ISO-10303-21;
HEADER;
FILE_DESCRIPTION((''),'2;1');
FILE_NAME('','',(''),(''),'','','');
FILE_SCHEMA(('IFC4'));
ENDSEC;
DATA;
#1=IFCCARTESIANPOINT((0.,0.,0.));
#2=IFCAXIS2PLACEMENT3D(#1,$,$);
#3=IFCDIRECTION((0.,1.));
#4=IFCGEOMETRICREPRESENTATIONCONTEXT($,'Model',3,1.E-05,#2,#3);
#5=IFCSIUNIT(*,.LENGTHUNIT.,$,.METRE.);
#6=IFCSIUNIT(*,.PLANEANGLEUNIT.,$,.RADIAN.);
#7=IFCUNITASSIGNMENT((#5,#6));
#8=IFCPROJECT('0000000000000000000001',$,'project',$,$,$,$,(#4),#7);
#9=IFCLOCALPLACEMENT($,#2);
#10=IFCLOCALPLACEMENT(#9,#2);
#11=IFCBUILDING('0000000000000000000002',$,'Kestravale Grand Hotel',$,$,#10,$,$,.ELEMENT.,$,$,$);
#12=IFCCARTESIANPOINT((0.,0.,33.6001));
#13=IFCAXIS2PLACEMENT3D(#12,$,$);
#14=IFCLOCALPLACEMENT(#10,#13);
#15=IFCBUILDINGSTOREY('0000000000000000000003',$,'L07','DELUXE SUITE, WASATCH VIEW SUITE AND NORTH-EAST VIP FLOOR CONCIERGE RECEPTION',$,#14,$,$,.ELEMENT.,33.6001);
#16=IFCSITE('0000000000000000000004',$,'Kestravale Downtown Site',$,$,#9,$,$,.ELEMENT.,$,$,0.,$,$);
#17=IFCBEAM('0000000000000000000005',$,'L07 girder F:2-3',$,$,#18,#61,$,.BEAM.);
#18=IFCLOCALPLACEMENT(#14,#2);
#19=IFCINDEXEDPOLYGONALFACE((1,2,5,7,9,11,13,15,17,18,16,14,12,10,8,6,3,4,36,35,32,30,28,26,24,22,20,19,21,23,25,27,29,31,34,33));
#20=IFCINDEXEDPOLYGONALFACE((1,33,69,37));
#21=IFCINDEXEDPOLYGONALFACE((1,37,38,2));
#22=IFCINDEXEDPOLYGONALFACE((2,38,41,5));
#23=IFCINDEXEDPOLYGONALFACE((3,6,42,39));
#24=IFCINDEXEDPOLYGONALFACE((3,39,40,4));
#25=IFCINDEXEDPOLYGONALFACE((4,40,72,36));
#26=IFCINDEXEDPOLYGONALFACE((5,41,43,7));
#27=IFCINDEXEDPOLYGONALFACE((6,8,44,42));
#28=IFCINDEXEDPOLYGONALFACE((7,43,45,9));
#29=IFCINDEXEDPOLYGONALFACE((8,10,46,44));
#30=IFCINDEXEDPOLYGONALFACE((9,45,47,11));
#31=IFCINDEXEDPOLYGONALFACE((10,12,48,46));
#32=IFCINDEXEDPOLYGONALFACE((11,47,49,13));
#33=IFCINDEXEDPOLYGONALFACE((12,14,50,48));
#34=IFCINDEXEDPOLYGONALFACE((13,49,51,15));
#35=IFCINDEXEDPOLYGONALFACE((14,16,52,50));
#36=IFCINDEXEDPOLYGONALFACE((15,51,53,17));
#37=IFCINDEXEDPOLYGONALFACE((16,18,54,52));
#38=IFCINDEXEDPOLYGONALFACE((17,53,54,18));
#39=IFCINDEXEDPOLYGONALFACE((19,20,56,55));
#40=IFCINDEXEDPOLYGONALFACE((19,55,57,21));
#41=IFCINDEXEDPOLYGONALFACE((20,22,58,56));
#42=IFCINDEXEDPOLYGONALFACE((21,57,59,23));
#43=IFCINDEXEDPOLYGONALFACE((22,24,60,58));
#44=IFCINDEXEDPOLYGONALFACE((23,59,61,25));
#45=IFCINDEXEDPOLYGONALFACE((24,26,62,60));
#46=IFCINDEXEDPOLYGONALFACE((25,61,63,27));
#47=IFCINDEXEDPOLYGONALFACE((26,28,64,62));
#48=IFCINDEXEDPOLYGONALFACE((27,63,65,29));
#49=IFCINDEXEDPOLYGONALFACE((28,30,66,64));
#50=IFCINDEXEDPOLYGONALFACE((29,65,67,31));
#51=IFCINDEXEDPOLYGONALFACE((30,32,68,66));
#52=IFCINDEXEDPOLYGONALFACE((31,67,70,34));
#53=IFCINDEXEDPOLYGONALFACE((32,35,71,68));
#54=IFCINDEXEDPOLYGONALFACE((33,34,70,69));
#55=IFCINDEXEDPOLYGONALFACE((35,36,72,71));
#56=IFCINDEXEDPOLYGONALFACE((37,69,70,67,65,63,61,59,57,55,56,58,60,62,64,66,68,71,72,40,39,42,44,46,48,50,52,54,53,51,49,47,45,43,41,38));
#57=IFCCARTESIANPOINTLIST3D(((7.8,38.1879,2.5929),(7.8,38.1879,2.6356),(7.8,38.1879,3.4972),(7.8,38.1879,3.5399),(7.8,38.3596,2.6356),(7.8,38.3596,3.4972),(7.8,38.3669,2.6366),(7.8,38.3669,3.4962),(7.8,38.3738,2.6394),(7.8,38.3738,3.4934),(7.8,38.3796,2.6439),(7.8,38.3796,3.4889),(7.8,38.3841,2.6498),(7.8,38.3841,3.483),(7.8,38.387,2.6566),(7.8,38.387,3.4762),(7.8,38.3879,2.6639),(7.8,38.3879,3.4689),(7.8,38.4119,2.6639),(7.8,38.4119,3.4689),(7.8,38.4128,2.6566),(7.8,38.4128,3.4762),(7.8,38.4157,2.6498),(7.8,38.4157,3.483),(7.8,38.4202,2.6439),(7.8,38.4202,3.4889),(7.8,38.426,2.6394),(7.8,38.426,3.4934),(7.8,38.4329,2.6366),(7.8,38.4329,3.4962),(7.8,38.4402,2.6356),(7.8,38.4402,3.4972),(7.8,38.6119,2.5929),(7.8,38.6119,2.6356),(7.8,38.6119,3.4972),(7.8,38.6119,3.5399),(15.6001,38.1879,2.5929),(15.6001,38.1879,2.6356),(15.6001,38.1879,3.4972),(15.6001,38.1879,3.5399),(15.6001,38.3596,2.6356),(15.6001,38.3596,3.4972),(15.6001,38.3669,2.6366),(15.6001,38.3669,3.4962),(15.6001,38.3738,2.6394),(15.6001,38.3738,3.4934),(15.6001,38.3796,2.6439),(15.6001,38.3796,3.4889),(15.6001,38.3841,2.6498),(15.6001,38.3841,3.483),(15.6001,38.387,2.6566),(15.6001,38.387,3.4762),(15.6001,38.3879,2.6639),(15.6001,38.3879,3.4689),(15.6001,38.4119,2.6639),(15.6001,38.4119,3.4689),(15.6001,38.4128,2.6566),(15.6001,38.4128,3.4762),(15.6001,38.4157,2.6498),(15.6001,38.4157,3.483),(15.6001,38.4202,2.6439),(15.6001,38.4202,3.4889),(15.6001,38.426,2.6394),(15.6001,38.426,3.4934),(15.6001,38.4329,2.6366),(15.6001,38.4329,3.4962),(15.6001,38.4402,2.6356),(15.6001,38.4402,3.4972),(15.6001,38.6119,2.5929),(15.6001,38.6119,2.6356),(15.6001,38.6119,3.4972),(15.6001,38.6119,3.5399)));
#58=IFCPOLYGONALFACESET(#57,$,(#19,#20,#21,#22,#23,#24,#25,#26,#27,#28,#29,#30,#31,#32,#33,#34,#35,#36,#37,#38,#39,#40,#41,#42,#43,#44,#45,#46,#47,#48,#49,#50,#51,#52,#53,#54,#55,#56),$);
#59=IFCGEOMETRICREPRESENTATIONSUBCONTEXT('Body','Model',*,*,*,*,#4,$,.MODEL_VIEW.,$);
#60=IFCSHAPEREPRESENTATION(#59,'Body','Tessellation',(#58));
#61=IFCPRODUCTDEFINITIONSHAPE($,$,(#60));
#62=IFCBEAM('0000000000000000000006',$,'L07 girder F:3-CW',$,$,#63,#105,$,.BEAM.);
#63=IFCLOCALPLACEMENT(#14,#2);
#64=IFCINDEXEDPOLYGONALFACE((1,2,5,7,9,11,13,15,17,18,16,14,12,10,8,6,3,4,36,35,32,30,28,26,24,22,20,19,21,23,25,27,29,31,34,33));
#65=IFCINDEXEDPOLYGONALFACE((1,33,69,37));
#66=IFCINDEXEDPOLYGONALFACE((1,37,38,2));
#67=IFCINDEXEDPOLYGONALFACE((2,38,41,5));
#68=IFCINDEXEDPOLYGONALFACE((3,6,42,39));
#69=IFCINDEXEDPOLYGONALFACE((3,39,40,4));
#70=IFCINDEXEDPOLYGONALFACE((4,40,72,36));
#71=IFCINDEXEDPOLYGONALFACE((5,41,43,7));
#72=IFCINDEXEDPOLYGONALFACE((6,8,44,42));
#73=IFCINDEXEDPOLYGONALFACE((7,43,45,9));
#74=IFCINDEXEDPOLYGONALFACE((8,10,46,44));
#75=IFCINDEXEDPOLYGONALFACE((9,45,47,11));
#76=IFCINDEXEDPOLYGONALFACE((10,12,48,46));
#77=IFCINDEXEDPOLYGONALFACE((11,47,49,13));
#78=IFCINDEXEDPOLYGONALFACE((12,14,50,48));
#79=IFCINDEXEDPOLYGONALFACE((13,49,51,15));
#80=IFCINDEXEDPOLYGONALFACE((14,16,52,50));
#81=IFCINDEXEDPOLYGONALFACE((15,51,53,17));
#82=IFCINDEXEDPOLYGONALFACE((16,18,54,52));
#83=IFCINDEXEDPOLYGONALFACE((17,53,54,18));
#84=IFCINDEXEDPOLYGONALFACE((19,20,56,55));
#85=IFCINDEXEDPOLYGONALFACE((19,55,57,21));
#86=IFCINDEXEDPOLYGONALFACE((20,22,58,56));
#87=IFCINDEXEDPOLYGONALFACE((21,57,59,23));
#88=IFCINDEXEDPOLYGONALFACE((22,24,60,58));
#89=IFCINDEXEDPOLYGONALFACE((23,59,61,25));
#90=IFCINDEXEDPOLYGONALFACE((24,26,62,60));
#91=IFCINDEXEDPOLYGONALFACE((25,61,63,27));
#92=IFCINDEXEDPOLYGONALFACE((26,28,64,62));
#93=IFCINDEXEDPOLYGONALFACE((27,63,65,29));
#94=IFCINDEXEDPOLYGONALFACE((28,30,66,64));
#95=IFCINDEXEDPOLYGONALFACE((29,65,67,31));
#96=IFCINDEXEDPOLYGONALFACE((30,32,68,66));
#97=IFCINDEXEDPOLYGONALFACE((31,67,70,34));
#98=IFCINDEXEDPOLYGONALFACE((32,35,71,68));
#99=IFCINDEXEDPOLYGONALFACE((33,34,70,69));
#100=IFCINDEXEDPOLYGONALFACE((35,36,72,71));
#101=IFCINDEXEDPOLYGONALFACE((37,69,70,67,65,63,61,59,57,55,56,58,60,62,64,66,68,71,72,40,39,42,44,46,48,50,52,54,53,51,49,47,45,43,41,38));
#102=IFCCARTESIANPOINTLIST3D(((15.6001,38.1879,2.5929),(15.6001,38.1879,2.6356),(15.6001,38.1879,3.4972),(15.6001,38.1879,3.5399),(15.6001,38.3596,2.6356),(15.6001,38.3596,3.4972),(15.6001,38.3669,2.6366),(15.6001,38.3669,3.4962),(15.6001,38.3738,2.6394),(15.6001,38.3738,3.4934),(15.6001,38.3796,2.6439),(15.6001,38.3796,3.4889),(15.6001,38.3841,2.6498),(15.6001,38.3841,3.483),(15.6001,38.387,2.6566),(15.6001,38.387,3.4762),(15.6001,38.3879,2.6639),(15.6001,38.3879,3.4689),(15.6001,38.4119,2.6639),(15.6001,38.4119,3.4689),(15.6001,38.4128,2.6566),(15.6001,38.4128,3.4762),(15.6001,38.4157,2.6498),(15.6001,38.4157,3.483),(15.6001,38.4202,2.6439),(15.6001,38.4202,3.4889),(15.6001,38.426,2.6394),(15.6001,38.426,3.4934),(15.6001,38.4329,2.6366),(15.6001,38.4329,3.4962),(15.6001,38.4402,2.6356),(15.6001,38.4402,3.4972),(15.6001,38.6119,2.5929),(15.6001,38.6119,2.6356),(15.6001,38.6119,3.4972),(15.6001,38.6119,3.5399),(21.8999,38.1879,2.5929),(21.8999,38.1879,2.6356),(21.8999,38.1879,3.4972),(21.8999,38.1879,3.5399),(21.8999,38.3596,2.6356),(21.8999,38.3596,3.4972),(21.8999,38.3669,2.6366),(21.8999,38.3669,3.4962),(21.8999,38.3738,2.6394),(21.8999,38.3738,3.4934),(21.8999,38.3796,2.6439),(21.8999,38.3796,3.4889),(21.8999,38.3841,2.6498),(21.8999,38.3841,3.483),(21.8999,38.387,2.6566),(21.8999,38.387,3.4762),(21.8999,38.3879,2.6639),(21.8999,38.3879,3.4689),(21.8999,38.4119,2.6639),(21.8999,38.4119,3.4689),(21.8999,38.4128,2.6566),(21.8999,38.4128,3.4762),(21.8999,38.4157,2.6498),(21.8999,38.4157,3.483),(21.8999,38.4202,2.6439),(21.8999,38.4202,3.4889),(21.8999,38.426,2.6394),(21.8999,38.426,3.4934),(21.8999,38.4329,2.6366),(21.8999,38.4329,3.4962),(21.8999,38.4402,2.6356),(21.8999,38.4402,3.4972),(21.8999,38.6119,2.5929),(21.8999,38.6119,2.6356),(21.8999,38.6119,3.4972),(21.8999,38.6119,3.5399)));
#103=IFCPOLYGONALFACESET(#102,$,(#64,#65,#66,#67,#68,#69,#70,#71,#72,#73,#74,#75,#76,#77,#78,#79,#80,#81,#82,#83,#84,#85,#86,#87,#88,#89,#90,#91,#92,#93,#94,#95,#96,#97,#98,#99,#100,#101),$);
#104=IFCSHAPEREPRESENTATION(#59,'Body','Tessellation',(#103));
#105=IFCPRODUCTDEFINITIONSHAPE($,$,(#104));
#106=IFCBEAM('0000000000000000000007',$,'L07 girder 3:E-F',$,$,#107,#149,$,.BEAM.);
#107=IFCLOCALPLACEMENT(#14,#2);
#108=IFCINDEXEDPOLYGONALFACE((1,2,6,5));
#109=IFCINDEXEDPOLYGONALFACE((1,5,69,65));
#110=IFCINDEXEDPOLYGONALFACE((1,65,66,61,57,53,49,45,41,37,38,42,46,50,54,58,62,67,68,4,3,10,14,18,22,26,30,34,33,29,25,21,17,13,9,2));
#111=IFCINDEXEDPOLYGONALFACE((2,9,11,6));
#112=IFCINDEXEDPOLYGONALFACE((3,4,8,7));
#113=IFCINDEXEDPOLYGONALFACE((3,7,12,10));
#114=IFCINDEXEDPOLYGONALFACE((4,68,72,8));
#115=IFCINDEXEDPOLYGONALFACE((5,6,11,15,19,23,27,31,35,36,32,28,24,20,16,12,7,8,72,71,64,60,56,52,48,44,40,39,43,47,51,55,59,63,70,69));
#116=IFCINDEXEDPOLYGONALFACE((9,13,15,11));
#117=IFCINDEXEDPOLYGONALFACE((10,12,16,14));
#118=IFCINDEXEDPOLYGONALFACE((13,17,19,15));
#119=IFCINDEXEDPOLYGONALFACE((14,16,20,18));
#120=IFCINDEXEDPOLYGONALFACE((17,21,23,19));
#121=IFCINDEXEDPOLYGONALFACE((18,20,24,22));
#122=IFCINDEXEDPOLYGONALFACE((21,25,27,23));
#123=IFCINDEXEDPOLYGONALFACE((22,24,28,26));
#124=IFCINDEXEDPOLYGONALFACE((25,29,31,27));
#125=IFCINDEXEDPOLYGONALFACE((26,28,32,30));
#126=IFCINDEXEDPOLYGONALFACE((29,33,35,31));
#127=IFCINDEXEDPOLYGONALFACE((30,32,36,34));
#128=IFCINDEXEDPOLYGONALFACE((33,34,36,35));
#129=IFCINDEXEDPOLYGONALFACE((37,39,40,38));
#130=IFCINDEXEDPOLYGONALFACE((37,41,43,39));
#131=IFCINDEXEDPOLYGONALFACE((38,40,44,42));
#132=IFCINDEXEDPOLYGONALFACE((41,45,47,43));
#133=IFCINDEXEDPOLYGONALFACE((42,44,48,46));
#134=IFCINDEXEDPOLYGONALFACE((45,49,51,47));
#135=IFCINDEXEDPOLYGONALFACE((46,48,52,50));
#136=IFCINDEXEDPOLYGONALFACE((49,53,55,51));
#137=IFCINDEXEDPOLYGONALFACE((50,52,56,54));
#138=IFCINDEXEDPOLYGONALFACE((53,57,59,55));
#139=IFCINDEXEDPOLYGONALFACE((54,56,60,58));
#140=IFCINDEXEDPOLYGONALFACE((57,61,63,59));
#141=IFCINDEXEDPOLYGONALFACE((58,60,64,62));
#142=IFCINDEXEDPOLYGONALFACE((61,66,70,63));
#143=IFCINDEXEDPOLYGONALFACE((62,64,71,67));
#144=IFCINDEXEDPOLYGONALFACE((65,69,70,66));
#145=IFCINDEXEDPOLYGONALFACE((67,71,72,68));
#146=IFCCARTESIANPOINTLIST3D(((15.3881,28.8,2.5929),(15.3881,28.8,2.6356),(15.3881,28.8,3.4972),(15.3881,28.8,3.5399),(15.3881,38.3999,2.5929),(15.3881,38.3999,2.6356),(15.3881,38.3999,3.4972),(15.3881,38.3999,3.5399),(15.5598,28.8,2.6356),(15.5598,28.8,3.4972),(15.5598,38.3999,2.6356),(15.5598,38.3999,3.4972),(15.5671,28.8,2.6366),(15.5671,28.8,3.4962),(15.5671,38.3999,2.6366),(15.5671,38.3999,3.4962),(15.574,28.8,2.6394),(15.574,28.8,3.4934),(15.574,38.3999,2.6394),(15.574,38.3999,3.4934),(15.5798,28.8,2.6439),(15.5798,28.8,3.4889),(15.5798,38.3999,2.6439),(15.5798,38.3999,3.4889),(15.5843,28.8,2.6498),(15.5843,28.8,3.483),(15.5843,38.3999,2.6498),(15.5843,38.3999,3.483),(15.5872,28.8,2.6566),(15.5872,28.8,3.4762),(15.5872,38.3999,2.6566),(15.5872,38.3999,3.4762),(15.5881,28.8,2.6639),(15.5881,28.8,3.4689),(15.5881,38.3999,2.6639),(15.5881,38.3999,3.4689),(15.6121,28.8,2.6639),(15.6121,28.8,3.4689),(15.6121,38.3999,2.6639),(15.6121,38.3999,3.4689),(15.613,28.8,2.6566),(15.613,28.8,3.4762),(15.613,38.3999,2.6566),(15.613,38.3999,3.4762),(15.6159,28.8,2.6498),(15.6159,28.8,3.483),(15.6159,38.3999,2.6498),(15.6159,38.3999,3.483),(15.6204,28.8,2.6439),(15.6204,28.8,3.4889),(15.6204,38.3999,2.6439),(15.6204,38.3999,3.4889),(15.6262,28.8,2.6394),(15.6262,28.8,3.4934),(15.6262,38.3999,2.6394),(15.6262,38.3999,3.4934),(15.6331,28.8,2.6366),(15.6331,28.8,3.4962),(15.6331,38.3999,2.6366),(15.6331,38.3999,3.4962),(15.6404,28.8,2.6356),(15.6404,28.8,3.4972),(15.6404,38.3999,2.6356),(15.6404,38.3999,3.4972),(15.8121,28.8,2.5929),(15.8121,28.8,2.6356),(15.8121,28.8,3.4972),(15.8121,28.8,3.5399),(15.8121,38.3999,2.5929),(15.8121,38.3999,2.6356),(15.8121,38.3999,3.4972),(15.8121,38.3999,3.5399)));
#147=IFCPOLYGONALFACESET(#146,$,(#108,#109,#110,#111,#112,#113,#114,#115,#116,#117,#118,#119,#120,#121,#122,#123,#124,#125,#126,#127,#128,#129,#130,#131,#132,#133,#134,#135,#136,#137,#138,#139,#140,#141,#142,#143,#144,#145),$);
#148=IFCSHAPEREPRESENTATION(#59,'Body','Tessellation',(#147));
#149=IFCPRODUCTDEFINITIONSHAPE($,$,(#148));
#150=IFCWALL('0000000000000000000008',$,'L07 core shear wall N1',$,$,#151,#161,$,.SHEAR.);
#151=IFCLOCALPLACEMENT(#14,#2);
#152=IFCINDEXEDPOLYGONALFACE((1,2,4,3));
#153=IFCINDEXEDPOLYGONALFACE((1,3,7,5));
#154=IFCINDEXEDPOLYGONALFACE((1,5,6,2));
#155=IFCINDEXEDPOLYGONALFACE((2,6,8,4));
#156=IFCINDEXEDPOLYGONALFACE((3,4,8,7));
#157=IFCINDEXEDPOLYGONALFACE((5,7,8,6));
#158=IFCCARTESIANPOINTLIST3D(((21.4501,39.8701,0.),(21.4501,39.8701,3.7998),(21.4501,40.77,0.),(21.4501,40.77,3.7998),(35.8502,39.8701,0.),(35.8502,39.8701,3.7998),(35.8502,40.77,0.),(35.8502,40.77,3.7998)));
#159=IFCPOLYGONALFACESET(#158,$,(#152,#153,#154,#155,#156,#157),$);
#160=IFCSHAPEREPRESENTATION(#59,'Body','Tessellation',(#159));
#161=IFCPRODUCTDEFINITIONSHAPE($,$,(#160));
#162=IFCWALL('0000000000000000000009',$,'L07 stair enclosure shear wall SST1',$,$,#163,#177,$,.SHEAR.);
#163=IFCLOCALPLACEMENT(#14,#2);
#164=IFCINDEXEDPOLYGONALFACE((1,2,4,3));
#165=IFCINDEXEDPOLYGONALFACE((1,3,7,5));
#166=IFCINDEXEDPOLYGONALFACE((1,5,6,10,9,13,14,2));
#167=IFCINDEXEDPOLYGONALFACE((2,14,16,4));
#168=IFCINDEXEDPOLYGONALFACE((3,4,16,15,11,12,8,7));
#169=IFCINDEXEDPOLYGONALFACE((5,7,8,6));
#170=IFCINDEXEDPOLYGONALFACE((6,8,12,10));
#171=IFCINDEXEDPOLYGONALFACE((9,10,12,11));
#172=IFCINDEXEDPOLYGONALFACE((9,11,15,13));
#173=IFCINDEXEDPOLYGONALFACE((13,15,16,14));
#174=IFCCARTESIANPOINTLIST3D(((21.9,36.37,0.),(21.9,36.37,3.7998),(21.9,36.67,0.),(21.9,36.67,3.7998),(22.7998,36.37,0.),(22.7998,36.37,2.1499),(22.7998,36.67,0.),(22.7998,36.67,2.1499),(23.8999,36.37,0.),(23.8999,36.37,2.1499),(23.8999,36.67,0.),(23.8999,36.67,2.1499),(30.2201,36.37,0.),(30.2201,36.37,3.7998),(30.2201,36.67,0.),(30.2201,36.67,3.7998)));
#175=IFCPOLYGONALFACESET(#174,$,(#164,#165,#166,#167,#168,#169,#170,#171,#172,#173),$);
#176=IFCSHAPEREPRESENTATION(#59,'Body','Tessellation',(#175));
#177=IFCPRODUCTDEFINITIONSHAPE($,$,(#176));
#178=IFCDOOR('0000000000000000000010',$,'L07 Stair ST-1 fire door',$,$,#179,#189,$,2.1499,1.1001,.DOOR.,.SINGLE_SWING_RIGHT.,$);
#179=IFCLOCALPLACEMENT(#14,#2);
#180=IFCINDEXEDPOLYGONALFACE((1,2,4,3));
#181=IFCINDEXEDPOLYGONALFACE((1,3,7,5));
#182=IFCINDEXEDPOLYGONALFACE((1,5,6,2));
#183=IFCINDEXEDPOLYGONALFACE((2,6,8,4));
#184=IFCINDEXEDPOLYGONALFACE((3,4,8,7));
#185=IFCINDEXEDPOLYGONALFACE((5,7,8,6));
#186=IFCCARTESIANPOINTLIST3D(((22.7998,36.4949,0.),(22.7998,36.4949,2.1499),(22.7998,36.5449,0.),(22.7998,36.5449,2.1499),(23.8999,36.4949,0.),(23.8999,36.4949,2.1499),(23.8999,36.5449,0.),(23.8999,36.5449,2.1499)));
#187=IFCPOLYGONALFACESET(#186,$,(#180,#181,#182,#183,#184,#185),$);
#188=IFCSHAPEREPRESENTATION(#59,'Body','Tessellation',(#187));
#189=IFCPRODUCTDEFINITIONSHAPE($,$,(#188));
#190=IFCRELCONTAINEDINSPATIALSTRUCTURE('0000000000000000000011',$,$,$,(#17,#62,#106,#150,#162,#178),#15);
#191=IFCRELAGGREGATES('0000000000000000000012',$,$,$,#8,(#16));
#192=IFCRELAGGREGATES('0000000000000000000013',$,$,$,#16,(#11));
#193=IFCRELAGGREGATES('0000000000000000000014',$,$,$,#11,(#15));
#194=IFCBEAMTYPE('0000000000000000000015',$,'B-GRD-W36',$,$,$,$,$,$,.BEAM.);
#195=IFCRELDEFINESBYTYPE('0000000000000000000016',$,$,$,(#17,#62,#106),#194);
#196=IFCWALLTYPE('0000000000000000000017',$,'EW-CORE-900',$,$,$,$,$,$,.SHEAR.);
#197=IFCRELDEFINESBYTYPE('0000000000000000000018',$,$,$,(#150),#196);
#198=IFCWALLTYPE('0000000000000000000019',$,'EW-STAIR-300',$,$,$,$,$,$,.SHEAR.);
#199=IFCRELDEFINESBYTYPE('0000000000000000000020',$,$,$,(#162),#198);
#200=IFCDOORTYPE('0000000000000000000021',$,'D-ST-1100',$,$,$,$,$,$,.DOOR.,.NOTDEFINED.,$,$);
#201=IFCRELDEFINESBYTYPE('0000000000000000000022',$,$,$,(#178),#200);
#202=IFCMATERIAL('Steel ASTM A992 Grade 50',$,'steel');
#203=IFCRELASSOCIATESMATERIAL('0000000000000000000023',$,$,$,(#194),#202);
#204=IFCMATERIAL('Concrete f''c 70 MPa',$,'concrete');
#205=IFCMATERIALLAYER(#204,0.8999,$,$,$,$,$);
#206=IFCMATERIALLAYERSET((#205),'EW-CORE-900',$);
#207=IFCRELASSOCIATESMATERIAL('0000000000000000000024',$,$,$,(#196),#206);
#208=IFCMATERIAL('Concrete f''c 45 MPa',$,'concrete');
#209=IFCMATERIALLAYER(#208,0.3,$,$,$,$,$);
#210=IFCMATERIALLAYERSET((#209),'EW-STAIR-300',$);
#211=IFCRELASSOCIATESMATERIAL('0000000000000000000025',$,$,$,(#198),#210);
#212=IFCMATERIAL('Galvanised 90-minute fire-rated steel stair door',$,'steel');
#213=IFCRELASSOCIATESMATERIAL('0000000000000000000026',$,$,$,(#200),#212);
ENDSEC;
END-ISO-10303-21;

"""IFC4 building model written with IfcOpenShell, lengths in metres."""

from ifc_helpers import new_model, si_unit, direction, frame, frame_2d, origin, origin_2d, place, context, subcontext, project, spatial, rectangle, i_section, extrude, material, layer, layer_set, material_profile, profile_set, type_object, element, fill, save


model = new_model("IFC4")

# Units and contexts
model_context = context("Model", 3, precision=1e-05, world=origin(), true_north=direction((0.0, 1.0)))
body_context = subcontext(model_context, "Body", "Model", "MODEL_VIEW")
ifc_project = project(units=[si_unit("LENGTHUNIT", "METRE"), si_unit("PLANEANGLEUNIT", "RADIAN")], contexts=[model_context])

# Site, building, storey
site_placement = place(None, origin())
site = spatial("IfcSite", under=ifc_project, at=site_placement, Name="Kestravale Downtown Site", CompositionType="ELEMENT", RefElevation=0.0)
building_placement = place(site_placement, origin())
building = spatial("IfcBuilding", under=site, at=building_placement, Name="Kestravale Grand Hotel", CompositionType="ELEMENT")
storey_placement = place(building_placement, frame((0.0, 0.0, 33.6001)))
storey = spatial("IfcBuildingStorey", under=building, at=storey_placement, Name="L07", Description="DELUXE SUITE, WASATCH VIEW SUITE AND NORTH-EAST VIP FLOOR CONCIERGE RECEPTION", CompositionType="ELEMENT", Elevation=33.6001)

# Beams
ifc_material_1 = material(Name="Steel ASTM A992 Grade 50", Category="steel")
ifc_material_profile_1 = material_profile(ifc_material_1, i_section(OverallWidth=0.4241, OverallDepth=0.947, WebThickness=0.0239, FlangeThickness=0.0427, FilletRadius=0.0283, at=origin_2d()))
ifc_profile_set_1 = profile_set([ifc_material_profile_1], Name="Steel ASTM A992 Grade 50")
beam_type_1 = type_object("IfcBeamType", Name="B-GRD-W36", PredefinedType="BEAM", material=ifc_profile_set_1)
beam_1_placement = place(storey_placement, frame((7.8, 38.3999, 3.0664), z_axis=(1.0, 0.0, 0.0), x_axis=(0.0, 1.0, 0.0)))
element("IfcBeam", 1, at=beam_1_placement, inside=storey, type_object=beam_type_1, Name="L07 girder F:2-3", PredefinedType="BEAM", context=body_context, shape_type="SweptSolid", body=[
    extrude(i_section(OverallWidth=0.4241, OverallDepth=0.947, WebThickness=0.0239, FlangeThickness=0.0427, FilletRadius=0.0283, at=origin_2d()), origin(), (0.0, 0.0, 1.0), 7.8),
])
beam_2_placement = place(storey_placement, frame((15.6001, 38.3999, 3.0664), z_axis=(1.0, 0.0, 0.0), x_axis=(0.0, 1.0, 0.0)))
element("IfcBeam", 2, at=beam_2_placement, inside=storey, type_object=beam_type_1, Name="L07 girder F:3-CW", PredefinedType="BEAM", context=body_context, shape_type="SweptSolid", body=[
    extrude(i_section(OverallWidth=0.4241, OverallDepth=0.947, WebThickness=0.0239, FlangeThickness=0.0427, FilletRadius=0.0283, at=origin_2d()), origin(), (0.0, 0.0, 1.0), 6.2998),
])
beam_3_placement = place(storey_placement, frame((15.6001, 28.8, 3.0664), z_axis=(0.0, 1.0, 0.0), x_axis=(-1.0, 0.0, 0.0)))
element("IfcBeam", 3, at=beam_3_placement, inside=storey, type_object=beam_type_1, Name="L07 girder 3:E-F", PredefinedType="BEAM", context=body_context, shape_type="SweptSolid", body=[
    extrude(i_section(OverallWidth=0.4241, OverallDepth=0.947, WebThickness=0.0239, FlangeThickness=0.0427, FilletRadius=0.0283, at=origin_2d()), origin(), (0.0, 0.0, 1.0), 9.5999),
])

# Wall
ifc_material_2 = material(Name="Concrete f'c 70 MPa", Category="concrete")
ifc_layer_1 = layer(ifc_material_2, 0.8999)
ifc_layer_set_1 = layer_set([ifc_layer_1], Name="EW-CORE-900")
wall_type_1 = type_object("IfcWallType", Name="EW-CORE-900", PredefinedType="SHEAR", material=ifc_layer_set_1)
wall_1_placement = place(storey_placement, frame((21.45, 40.3201, 0.0), z_axis=(0.0, 0.0, 1.0), x_axis=(1.0, 0.0, 0.0)))
element("IfcWall", 4, at=wall_1_placement, inside=storey, type_object=wall_type_1, Name="L07 core shear wall N1", PredefinedType="SHEAR", context=body_context, shape_type="SweptSolid", body=[
    extrude(rectangle(XDim=14.4001, YDim=0.8999, at=frame_2d((7.2002, 0.0))), origin(), (0.0, 0.0, 1.0), 3.7998),
])

# Wall, opening, door
ifc_material_3 = material(Name="Concrete f'c 45 MPa", Category="concrete")
ifc_layer_2 = layer(ifc_material_3, 0.3)
ifc_layer_set_2 = layer_set([ifc_layer_2], Name="EW-STAIR-300")
wall_type_2 = type_object("IfcWallType", Name="EW-STAIR-300", PredefinedType="SHEAR", material=ifc_layer_set_2)
wall_2_placement = place(storey_placement, frame((21.8999, 36.52, 0.0), z_axis=(0.0, 0.0, 1.0), x_axis=(1.0, 0.0, 0.0)))
wall_2 = element("IfcWall", 5, at=wall_2_placement, inside=storey, type_object=wall_type_2, Name="L07 stair enclosure shear wall SST1", PredefinedType="SHEAR", context=body_context, shape_type="SweptSolid", body=[
    extrude(rectangle(XDim=8.3201, YDim=0.3, at=frame_2d((4.1602, 0.0))), origin(), (0.0, 0.0, 1.0), 3.7998),
])
opening_1_placement = place(wall_2_placement, frame((0.8999, 0.0, 0.0)))
opening_1 = element("IfcOpeningElement", 6, at=opening_1_placement, cuts=wall_2, PredefinedType="OPENING", context=body_context, shape_type="SweptSolid", body=[
    extrude(rectangle(XDim=1.1001, YDim=2.1499, at=frame_2d((0.55, 1.075))), frame((0.0, 0.1599, 0.0), z_axis=(0.0, -1.0, 0.0), x_axis=(1.0, 0.0, 0.0)), (0.0, 0.0, 1.0), 0.3201),
])
ifc_material_4 = material(Name="Galvanised 90-minute fire-rated steel stair door", Category="steel")
door_type_1 = type_object("IfcDoorType", Name="D-ST-1100", OperationType="NOTDEFINED", PredefinedType="DOOR", material=ifc_material_4)
door_1_placement = place(opening_1_placement, origin())
door_1 = element("IfcDoor", 7, at=door_1_placement, inside=storey, type_object=door_type_1, Name="L07 Stair ST-1 fire door", OperationType="SINGLE_SWING_RIGHT", OverallHeight=2.1499, OverallWidth=1.1001, PredefinedType="DOOR", context=body_context, shape_type="SweptSolid", body=[
    extrude(rectangle(XDim=1.1001, YDim=2.1499, at=frame_2d((0.55, 1.075))), frame((0.0, 0.0249, 0.0), z_axis=(0.0, -1.0, 0.0), x_axis=(1.0, 0.0, 0.0)), (0.0, 0.0, 1.0), 0.05),
])
fill(opening_1, door_1)

save(model, "model.ifc")
